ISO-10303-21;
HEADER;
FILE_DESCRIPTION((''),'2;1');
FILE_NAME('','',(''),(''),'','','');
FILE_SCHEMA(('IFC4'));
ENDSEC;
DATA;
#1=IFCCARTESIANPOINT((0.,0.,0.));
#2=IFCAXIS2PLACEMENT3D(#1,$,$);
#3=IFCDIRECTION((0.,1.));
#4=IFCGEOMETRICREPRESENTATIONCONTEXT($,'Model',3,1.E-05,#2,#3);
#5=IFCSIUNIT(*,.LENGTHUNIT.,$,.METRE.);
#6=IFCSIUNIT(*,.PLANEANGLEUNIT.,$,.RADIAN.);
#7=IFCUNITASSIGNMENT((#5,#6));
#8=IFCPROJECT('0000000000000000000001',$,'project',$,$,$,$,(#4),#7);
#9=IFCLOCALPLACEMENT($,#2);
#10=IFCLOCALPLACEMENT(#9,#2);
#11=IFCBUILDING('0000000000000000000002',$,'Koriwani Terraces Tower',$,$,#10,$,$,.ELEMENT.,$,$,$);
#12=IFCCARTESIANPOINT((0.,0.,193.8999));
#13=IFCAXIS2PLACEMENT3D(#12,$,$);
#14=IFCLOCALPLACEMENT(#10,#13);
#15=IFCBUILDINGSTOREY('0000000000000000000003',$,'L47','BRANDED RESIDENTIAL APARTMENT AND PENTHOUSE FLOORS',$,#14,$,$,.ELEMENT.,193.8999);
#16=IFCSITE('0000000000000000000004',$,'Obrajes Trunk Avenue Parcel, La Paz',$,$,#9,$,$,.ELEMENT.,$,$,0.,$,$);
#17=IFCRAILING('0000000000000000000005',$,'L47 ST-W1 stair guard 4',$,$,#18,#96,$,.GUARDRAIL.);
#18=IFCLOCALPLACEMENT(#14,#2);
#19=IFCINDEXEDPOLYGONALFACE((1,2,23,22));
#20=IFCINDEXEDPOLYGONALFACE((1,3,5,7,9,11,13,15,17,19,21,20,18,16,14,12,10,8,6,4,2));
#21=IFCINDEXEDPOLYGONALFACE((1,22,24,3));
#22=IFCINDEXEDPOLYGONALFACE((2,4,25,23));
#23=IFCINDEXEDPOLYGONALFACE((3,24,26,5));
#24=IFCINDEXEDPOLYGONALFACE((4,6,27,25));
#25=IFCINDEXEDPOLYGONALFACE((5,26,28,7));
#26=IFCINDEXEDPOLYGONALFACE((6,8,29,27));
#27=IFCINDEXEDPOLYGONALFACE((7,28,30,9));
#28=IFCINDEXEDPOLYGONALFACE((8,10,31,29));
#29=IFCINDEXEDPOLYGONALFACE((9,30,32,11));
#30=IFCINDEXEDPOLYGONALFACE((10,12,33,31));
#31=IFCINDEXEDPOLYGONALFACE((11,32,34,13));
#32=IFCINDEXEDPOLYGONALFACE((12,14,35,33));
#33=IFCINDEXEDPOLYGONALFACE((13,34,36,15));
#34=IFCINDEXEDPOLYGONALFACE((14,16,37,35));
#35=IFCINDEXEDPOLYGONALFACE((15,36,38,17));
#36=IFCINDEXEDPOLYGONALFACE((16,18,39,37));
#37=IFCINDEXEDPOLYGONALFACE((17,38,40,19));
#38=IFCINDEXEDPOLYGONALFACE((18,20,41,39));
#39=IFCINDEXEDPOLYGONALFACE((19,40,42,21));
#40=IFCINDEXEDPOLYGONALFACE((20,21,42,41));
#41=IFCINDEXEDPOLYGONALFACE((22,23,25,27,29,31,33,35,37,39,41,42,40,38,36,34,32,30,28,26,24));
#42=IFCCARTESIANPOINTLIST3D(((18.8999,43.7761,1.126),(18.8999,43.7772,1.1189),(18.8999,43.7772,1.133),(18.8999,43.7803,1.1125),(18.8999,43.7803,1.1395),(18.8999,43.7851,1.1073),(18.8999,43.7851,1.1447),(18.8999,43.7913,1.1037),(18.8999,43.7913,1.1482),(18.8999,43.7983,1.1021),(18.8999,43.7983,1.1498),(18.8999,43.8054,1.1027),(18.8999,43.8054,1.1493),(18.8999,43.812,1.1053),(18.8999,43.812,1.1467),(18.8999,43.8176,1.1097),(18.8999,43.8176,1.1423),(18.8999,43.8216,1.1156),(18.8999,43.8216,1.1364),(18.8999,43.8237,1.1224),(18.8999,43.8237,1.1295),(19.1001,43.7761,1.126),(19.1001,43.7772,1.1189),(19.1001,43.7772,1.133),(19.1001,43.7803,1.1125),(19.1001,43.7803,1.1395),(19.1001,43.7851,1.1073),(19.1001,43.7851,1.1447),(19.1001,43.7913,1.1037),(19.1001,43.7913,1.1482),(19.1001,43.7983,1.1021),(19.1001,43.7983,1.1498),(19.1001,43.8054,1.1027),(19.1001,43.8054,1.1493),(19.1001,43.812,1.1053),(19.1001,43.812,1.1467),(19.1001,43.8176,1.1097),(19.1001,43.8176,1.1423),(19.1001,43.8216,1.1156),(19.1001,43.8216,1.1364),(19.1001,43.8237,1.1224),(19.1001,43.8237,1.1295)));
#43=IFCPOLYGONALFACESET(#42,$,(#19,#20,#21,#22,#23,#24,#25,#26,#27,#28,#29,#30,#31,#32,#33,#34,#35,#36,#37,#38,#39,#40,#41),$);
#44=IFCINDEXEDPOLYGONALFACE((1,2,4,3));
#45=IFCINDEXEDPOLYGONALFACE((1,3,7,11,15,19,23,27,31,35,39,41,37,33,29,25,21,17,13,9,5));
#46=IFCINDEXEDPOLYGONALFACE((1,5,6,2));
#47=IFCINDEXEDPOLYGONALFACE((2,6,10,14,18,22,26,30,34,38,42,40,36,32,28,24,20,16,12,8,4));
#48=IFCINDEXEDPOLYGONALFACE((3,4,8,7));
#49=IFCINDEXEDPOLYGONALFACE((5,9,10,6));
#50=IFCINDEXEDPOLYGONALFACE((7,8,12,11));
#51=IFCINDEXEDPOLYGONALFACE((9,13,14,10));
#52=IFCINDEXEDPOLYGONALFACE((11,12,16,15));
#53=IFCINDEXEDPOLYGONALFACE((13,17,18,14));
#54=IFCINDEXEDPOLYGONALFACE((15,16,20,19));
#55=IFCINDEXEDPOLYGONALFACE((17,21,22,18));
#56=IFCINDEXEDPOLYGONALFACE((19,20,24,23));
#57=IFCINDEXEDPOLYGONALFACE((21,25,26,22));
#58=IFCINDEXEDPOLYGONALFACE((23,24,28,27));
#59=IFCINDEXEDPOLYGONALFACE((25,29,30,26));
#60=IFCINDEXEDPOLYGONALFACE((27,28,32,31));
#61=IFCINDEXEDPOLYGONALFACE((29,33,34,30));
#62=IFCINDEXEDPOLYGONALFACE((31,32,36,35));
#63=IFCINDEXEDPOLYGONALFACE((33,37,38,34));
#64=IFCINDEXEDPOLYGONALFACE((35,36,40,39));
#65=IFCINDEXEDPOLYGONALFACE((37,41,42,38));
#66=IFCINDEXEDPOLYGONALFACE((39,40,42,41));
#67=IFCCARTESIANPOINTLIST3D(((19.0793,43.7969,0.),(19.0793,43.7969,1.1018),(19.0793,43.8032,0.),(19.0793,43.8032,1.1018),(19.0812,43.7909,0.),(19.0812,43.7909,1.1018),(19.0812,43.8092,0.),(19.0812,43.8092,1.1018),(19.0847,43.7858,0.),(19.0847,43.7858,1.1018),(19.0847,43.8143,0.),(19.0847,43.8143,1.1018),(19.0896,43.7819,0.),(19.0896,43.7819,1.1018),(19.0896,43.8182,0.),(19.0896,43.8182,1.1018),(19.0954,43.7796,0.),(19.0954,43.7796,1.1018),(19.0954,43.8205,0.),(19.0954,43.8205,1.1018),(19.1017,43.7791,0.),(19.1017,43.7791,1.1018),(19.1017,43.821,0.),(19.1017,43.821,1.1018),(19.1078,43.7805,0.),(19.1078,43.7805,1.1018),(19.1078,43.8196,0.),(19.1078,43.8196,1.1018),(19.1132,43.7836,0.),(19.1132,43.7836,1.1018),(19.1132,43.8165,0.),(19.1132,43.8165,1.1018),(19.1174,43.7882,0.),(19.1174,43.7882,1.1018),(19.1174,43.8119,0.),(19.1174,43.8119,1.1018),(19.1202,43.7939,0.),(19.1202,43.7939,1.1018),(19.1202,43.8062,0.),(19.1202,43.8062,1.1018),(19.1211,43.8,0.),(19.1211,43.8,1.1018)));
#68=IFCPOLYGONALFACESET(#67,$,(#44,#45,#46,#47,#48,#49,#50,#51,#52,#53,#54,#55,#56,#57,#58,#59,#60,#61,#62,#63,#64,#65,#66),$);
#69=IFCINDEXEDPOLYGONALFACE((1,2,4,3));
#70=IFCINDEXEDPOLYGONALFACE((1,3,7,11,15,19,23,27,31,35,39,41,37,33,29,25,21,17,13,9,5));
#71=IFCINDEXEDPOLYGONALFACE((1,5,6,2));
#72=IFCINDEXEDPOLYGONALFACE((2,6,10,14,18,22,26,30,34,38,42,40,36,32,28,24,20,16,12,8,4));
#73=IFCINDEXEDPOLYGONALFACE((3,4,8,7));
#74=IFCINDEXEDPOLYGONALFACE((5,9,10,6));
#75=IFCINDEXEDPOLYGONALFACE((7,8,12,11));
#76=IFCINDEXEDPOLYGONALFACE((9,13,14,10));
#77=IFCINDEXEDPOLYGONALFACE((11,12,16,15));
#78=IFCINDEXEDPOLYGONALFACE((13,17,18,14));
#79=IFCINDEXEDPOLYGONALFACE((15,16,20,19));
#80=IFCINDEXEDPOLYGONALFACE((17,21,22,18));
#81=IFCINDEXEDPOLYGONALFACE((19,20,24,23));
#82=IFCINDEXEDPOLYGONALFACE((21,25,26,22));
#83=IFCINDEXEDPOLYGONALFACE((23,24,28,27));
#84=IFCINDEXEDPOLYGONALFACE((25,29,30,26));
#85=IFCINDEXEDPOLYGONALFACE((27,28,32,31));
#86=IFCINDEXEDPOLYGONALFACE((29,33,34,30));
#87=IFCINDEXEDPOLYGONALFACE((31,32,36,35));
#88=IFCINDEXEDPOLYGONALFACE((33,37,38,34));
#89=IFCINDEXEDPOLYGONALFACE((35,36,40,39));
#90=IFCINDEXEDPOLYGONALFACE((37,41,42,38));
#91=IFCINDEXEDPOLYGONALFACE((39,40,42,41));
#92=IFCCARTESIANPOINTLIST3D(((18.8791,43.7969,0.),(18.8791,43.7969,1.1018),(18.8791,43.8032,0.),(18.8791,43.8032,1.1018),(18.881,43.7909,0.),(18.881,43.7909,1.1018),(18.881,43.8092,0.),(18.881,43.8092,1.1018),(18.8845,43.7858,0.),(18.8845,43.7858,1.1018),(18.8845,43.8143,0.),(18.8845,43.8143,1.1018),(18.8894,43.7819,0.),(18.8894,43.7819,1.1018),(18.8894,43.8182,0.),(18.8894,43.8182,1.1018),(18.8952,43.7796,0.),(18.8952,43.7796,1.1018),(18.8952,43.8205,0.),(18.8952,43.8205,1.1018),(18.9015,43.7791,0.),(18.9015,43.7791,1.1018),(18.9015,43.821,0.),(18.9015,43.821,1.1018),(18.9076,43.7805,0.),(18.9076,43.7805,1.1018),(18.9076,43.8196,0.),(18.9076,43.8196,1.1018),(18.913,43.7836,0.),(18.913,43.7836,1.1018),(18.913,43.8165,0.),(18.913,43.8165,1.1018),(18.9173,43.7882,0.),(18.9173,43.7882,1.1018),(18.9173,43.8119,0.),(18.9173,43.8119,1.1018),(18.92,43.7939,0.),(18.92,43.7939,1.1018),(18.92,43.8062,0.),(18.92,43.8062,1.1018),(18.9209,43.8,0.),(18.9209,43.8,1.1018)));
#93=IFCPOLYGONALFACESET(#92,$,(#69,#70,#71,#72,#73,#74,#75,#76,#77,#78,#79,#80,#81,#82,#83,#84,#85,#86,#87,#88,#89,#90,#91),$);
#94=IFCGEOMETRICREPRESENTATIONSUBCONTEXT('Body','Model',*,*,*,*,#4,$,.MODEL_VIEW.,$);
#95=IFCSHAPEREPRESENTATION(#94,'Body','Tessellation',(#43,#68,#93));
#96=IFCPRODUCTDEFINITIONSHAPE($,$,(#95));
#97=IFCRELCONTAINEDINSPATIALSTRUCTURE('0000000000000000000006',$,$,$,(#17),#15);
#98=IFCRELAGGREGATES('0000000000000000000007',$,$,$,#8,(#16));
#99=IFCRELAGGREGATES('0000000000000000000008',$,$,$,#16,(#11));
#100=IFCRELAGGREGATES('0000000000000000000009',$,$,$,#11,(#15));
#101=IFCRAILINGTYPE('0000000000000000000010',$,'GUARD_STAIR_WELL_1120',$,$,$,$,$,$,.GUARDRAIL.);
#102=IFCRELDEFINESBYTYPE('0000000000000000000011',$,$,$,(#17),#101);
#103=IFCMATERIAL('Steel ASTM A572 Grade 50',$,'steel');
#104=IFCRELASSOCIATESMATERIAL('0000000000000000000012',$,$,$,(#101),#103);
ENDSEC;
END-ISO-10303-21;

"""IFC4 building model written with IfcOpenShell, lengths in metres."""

from ifc_helpers import new_model, si_unit, direction, frame, origin, origin_2d, place, context, subcontext, project, spatial, circle, extrude, material, type_object, element, save


model = new_model("IFC4")

# Units and contexts
model_context = context("Model", 3, precision=1e-05, world=origin(), true_north=direction((0.0, 1.0)))
body_context = subcontext(model_context, "Body", "Model", "MODEL_VIEW")
ifc_project = project(units=[si_unit("LENGTHUNIT", "METRE"), si_unit("PLANEANGLEUNIT", "RADIAN")], contexts=[model_context])

# Site, building, storey
site_placement = place(None, origin())
site = spatial("IfcSite", under=ifc_project, at=site_placement, Name="Obrajes Trunk Avenue Parcel, La Paz", CompositionType="ELEMENT", RefElevation=0.0)
building_placement = place(site_placement, origin())
building = spatial("IfcBuilding", under=site, at=building_placement, Name="Koriwani Terraces Tower", CompositionType="ELEMENT")
storey_placement = place(building_placement, frame((0.0, 0.0, 193.8999)))
storey = spatial("IfcBuildingStorey", under=building, at=storey_placement, Name="L47", Description="BRANDED RESIDENTIAL APARTMENT AND PENTHOUSE FLOORS", CompositionType="ELEMENT", Elevation=193.8999)

# Shared definitions
ifc_material_1 = material(Name="Steel ASTM A572 Grade 50", Category="steel")

# Railing
railing_type_1 = type_object("IfcRailingType", Name="GUARD_STAIR_WELL_1120", PredefinedType="GUARDRAIL", material=ifc_material_1)
railing_1_placement = place(storey_placement, frame((19.1001, 43.8, 0.0)))
element("IfcRailing", 1, at=railing_1_placement, inside=storey, type_object=railing_type_1, Name="L47 ST-W1 stair guard 4", PredefinedType="GUARDRAIL", context=body_context, shape_type="SweptSolid", body=[
    extrude(circle(Radius=0.0239, at=origin_2d()), frame((0.0, 0.0, 1.126), z_axis=(-1.0, 0.0, 0.0), x_axis=(0.0, -1.0, 0.0)), (0.0, 0.0, 1.0), 0.2002),
    extrude(circle(Radius=0.021, at=origin_2d()), origin(), (0.0, 0.0, 1.0), 1.1018),
    extrude(circle(Radius=0.021, at=origin_2d()), frame((-0.2002, 0.0, 0.0)), (0.0, 0.0, 1.0), 1.1018),
])

save(model, "model.ifc")
